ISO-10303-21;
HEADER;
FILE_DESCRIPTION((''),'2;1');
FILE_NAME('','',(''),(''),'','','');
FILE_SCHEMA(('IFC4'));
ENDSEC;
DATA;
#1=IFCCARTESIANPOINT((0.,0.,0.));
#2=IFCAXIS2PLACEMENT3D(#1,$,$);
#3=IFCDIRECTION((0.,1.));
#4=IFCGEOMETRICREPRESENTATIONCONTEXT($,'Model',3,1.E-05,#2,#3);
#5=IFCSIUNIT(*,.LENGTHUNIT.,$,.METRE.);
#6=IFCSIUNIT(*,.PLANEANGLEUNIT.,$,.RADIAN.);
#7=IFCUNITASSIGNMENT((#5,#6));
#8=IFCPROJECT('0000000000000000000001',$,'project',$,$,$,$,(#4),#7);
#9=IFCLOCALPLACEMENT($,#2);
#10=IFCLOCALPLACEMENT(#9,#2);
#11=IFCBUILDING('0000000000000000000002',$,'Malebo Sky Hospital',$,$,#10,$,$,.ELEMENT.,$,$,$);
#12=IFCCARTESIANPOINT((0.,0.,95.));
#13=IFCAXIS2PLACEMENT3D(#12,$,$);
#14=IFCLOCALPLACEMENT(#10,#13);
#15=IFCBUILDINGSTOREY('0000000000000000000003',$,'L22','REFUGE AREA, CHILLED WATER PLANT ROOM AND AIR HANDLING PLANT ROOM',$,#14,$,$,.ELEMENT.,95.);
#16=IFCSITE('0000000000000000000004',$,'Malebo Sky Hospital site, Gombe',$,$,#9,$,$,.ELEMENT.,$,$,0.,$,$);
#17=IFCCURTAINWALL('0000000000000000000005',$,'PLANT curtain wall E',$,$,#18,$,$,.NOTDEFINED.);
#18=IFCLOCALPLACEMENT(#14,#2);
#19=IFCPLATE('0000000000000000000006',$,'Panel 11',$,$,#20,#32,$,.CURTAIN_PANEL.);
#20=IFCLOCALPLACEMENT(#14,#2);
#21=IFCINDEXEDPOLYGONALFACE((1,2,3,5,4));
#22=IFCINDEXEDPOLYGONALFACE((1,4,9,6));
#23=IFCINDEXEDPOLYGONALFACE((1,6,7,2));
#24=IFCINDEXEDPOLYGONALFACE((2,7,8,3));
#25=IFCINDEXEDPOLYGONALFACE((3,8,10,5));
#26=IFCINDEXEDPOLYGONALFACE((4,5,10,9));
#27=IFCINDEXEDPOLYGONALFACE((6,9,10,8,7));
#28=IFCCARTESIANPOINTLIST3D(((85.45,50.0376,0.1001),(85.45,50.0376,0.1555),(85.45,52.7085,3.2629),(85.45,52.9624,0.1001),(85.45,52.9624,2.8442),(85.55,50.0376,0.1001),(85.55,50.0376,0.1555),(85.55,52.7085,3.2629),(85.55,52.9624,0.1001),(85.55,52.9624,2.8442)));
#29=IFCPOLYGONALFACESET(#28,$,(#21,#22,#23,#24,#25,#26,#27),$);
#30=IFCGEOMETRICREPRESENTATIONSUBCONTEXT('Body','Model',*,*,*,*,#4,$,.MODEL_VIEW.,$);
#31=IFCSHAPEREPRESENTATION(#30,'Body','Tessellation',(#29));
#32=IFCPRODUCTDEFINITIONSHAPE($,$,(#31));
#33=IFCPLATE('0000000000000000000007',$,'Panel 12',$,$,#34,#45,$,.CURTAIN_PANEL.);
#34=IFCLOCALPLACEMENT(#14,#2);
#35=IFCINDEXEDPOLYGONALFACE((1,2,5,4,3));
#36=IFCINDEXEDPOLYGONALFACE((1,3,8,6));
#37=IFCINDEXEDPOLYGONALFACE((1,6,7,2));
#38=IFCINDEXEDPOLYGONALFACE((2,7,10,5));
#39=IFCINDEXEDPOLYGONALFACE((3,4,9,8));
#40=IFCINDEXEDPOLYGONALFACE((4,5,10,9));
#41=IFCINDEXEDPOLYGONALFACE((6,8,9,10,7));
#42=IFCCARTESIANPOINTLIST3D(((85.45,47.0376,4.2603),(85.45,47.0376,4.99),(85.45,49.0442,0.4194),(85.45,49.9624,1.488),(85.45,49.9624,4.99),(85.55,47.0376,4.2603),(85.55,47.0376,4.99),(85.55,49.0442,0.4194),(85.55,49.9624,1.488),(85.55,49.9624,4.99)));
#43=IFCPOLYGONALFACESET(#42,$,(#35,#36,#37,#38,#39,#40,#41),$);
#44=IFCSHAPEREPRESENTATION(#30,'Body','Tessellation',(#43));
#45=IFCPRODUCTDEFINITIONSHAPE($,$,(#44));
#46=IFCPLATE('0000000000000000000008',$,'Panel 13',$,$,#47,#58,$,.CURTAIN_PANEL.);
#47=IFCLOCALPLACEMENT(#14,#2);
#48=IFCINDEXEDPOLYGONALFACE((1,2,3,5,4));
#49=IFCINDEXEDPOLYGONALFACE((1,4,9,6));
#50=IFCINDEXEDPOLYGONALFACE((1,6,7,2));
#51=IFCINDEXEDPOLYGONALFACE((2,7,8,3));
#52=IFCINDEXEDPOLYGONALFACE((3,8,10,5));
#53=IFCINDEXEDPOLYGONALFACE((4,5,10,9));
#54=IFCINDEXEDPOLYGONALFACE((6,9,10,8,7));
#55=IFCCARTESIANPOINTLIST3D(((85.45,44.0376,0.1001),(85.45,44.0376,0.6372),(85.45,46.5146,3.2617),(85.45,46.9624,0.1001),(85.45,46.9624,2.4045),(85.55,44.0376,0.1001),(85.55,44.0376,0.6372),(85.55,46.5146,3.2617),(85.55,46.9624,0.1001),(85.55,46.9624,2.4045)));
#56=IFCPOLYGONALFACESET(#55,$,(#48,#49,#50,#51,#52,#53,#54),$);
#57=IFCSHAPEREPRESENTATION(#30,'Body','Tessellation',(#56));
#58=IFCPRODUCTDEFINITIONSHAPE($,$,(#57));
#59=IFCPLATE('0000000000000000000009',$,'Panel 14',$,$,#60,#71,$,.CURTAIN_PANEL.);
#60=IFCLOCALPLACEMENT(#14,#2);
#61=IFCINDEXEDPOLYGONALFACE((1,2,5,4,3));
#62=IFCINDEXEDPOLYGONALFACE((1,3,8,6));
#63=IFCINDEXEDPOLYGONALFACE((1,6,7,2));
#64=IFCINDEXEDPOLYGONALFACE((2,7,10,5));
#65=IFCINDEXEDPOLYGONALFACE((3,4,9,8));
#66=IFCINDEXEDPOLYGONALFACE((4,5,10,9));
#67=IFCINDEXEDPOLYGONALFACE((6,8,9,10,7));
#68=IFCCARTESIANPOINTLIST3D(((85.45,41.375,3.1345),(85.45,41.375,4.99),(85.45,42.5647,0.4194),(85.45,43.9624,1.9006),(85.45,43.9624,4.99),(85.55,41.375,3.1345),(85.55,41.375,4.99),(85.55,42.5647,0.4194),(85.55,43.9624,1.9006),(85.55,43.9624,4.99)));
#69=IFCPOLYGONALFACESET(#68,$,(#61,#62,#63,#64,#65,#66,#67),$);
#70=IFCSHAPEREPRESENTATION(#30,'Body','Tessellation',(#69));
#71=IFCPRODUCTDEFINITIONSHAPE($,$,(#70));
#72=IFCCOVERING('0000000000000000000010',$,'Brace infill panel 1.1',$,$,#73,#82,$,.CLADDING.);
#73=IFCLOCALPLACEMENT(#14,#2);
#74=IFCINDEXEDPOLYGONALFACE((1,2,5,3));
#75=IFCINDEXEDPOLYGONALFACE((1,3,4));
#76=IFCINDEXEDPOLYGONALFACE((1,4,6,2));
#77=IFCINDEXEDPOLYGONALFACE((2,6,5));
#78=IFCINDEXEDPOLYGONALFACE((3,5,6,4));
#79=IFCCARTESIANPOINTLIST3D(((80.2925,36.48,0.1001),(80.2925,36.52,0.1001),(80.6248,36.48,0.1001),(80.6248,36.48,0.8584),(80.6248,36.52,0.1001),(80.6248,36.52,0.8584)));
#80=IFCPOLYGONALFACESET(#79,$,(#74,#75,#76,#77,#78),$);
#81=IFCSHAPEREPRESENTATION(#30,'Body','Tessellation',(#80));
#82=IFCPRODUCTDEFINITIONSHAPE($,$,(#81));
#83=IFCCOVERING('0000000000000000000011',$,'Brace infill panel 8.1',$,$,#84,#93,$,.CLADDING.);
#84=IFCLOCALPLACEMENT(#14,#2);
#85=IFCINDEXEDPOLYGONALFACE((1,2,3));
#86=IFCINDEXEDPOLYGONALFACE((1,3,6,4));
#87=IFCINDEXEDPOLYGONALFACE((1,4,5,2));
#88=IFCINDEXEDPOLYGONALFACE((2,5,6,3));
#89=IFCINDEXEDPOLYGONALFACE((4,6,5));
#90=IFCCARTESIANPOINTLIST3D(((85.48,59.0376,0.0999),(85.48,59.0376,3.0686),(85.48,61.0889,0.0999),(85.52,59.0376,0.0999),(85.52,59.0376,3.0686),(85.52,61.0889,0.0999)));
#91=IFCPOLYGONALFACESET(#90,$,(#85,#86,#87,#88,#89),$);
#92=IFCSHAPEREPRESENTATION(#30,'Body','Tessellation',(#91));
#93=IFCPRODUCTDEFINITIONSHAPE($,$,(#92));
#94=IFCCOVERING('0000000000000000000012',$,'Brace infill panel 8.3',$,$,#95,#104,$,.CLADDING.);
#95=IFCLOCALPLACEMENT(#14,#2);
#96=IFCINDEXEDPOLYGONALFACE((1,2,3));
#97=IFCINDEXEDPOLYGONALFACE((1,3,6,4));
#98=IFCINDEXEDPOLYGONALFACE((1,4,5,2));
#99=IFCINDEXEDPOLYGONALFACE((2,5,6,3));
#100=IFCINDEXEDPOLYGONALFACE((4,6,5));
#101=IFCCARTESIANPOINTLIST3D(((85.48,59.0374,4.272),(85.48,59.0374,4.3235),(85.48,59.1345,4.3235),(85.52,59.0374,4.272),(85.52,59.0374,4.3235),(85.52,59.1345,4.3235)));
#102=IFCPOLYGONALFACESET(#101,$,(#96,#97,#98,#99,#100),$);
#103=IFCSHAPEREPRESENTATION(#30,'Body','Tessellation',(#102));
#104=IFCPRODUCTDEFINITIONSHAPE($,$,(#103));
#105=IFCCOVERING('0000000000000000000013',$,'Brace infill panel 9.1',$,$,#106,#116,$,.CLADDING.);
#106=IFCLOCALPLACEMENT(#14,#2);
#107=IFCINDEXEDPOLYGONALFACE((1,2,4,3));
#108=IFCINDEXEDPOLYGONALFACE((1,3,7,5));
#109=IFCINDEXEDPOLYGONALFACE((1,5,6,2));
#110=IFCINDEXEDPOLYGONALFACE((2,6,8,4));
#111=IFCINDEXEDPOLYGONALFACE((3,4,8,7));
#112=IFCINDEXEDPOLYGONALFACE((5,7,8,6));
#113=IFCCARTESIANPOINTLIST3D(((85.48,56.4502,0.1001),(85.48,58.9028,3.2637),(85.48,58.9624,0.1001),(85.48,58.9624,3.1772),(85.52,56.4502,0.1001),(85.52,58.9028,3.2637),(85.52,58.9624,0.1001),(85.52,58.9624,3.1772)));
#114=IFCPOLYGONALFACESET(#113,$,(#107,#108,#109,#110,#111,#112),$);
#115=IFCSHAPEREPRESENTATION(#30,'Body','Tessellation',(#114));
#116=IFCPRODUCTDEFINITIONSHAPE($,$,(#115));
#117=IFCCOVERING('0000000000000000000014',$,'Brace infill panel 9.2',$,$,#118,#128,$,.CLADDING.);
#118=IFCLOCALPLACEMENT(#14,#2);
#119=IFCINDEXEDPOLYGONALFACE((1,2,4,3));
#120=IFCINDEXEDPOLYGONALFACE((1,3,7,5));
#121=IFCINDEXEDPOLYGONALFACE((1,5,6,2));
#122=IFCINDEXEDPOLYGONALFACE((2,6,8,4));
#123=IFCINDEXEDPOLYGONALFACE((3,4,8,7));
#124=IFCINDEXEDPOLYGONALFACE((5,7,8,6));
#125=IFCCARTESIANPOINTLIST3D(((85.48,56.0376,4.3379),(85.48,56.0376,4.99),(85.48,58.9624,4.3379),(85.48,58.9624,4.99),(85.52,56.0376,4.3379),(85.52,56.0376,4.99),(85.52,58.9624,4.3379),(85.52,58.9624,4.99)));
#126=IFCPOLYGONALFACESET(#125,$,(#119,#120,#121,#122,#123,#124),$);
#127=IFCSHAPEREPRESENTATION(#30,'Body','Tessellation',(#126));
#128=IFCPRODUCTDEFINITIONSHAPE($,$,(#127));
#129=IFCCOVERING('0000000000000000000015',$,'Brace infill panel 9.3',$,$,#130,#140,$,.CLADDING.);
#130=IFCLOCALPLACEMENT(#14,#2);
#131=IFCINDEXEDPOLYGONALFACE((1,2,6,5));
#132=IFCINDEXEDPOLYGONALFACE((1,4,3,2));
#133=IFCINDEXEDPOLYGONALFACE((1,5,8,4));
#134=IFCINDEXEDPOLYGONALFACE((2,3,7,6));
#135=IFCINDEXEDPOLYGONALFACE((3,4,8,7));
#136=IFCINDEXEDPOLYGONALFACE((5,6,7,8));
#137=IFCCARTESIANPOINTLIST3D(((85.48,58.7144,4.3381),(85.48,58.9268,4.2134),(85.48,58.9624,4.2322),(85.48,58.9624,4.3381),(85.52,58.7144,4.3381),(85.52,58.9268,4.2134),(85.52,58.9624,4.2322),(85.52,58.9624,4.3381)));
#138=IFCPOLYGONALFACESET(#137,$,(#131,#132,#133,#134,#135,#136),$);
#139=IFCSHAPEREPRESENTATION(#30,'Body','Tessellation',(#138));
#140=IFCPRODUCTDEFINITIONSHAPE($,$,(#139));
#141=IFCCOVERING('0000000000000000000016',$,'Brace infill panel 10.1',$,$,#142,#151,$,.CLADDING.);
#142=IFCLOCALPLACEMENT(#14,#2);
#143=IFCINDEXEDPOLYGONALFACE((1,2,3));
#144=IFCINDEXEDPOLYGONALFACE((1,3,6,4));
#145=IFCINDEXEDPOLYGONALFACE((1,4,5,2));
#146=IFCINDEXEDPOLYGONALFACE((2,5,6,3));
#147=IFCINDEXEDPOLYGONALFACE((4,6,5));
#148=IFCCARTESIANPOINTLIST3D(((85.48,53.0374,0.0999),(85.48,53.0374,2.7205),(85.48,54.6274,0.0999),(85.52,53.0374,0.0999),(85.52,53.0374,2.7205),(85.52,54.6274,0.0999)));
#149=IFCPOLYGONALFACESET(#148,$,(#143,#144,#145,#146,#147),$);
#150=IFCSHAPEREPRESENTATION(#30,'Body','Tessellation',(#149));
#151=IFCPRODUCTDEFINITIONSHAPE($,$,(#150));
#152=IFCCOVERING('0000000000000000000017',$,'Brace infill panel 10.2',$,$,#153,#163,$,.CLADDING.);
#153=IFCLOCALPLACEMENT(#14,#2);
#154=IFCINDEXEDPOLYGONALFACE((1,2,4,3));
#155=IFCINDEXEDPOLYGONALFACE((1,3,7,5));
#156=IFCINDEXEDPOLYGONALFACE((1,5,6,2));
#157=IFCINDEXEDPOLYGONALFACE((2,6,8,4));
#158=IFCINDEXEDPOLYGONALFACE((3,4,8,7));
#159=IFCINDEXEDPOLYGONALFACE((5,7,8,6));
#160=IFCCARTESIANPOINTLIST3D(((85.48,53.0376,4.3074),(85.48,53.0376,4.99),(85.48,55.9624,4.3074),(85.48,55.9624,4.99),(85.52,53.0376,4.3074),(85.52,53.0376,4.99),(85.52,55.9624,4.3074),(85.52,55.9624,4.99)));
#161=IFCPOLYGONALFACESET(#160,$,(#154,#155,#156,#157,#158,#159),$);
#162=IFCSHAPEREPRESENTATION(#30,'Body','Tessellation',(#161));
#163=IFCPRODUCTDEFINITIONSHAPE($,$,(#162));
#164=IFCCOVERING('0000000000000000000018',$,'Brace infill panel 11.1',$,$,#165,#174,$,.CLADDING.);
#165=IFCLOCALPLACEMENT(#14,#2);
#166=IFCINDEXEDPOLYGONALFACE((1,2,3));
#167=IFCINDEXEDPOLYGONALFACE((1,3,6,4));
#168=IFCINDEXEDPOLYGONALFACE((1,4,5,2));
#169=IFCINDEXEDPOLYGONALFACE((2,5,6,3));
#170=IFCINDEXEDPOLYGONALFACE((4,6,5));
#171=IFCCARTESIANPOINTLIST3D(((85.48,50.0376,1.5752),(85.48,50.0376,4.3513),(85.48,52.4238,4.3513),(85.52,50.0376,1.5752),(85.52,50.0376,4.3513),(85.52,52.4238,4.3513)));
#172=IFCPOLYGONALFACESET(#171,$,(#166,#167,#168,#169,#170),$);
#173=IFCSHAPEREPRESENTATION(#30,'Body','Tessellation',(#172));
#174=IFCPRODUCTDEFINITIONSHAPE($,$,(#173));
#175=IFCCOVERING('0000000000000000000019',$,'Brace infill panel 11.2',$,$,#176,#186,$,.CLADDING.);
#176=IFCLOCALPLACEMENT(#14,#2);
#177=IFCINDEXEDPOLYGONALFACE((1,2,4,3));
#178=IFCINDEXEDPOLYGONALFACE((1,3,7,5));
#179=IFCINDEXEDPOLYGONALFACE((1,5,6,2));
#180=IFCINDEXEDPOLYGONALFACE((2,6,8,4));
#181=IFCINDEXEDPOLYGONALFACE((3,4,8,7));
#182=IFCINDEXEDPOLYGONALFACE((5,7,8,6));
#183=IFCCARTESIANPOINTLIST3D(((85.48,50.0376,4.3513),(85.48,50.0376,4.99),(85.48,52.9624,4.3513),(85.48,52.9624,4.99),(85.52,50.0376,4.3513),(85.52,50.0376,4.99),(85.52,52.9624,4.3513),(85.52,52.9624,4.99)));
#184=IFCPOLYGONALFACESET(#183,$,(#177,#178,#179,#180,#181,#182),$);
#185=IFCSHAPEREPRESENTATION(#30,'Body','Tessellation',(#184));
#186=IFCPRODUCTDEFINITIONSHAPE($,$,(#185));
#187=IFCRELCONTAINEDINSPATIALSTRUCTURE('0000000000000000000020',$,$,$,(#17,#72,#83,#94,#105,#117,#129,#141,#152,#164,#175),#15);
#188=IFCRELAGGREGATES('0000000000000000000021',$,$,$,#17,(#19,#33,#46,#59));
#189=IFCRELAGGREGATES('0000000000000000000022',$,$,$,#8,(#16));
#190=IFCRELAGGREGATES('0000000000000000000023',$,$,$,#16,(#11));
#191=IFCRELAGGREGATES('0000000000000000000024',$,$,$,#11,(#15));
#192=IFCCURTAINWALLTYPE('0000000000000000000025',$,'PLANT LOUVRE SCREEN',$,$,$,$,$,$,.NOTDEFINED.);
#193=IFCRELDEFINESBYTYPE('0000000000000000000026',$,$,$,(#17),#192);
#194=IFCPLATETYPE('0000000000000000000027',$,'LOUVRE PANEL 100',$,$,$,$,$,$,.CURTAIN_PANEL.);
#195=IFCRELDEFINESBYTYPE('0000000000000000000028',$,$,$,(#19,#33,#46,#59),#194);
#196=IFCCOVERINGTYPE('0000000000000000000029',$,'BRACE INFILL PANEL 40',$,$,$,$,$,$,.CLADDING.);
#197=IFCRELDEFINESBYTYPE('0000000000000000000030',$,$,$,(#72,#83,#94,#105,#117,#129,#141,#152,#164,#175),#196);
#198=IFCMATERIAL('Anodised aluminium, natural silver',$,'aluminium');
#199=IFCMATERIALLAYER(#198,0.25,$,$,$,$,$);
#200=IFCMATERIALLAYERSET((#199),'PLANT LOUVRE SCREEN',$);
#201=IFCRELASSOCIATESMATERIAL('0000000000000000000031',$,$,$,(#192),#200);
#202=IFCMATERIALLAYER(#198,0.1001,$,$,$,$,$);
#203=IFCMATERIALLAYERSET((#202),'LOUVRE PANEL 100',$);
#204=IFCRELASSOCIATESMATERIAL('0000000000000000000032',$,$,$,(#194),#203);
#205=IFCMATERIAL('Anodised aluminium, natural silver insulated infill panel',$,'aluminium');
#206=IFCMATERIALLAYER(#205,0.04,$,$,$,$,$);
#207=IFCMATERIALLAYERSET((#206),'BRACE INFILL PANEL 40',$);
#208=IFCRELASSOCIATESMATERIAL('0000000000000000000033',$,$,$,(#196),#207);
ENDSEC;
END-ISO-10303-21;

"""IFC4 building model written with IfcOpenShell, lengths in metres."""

from ifc_helpers import new_model, si_unit, direction, frame, origin, place, context, subcontext, project, spatial, polyline, outline, extrude, material, layer, layer_set, type_object, element, aggregate, save


model = new_model("IFC4")

# Units and contexts
model_context = context("Model", 3, precision=1e-05, world=origin(), true_north=direction((0.0, 1.0)))
body_context = subcontext(model_context, "Body", "Model", "MODEL_VIEW")
ifc_project = project(units=[si_unit("LENGTHUNIT", "METRE"), si_unit("PLANEANGLEUNIT", "RADIAN")], contexts=[model_context])

# Site, building, storey
site_placement = place(None, origin())
site = spatial("IfcSite", under=ifc_project, at=site_placement, Name="Malebo Sky Hospital site, Gombe", CompositionType="ELEMENT", RefElevation=0.0)
building_placement = place(site_placement, origin())
building = spatial("IfcBuilding", under=site, at=building_placement, Name="Malebo Sky Hospital", CompositionType="ELEMENT")
storey_placement = place(building_placement, frame((0.0, 0.0, 95.0)))
storey = spatial("IfcBuildingStorey", under=building, at=storey_placement, Name="L22", Description="REFUGE AREA, CHILLED WATER PLANT ROOM AND AIR HANDLING PLANT ROOM", CompositionType="ELEMENT", Elevation=95.0)

# Shared definitions
ifc_material_1 = material(Name="Anodised aluminium, natural silver", Category="aluminium")
ifc_layer_1 = layer(ifc_material_1, 0.25)
ifc_layer_set_1 = layer_set([ifc_layer_1], Name="PLANT LOUVRE SCREEN")
curtain_wall_type = type_object("IfcCurtainWallType", Name="PLANT LOUVRE SCREEN", PredefinedType="NOTDEFINED", material=ifc_layer_set_1)

# Curtain wall
curtain_wall_1_placement = place(storey_placement, origin())
curtain_wall_1 = element("IfcCurtainWall", 1, at=curtain_wall_1_placement, inside=storey, type_object=curtain_wall_type, Name="PLANT curtain wall E", PredefinedType="NOTDEFINED")

# Plates
ifc_layer_2 = layer(ifc_material_1, 0.1001)
ifc_layer_set_2 = layer_set([ifc_layer_2], Name="LOUVRE PANEL 100")
plate_type = type_object("IfcPlateType", Name="LOUVRE PANEL 100", PredefinedType="CURTAIN_PANEL", material=ifc_layer_set_2)
plate_1_placement = place(storey_placement, frame((85.5, 51.5, 0.1001), z_axis=(0.0, 0.0, 1.0), x_axis=(0.0, -1.0, 0.0)))
plate_1 = element("IfcPlate", 2, at=plate_1_placement, type_object=plate_type, Name="Panel 11", PredefinedType="CURTAIN_PANEL", context=body_context, shape_type="SweptSolid", body=[
    extrude(outline(polyline([(-1.4624, 0.0), (1.4624, 0.0), (1.4624, 0.0554), (-1.2085, 3.1628), (-1.4624, 2.7441), (-1.4624, 0.0)])), frame((0.0, 0.05, 0.0), z_axis=(0.0, -1.0, 0.0), x_axis=(1.0, 0.0, 0.0)), (0.0, 0.0, 1.0), 0.1001),
])
plate_2_placement = place(storey_placement, frame((85.5, 48.5, 0.4194), z_axis=(0.0, 0.0, 1.0), x_axis=(0.0, -1.0, 0.0)))
plate_2 = element("IfcPlate", 3, at=plate_2_placement, type_object=plate_type, Name="Panel 12", PredefinedType="CURTAIN_PANEL", context=body_context, shape_type="SweptSolid", body=[
    extrude(outline(polyline([(-0.5442, 0.0), (1.4624, 3.8408), (1.4624, 4.5706), (-1.4624, 4.5706), (-1.4624, 1.0686), (-0.5442, 0.0)])), frame((0.0, 0.05, 0.0), z_axis=(0.0, -1.0, 0.0), x_axis=(1.0, 0.0, 0.0)), (0.0, 0.0, 1.0), 0.1001),
])
plate_3_placement = place(storey_placement, frame((85.5, 45.5, 0.1001), z_axis=(0.0, 0.0, 1.0), x_axis=(0.0, -1.0, 0.0)))
plate_3 = element("IfcPlate", 4, at=plate_3_placement, type_object=plate_type, Name="Panel 13", PredefinedType="CURTAIN_PANEL", context=body_context, shape_type="SweptSolid", body=[
    extrude(outline(polyline([(-1.4624, 0.0), (1.4624, 0.0), (1.4624, 0.5371), (-1.0146, 3.1616), (-1.4624, 2.3044), (-1.4624, 0.0)])), frame((0.0, 0.05, 0.0), z_axis=(0.0, -1.0, 0.0), x_axis=(1.0, 0.0, 0.0)), (0.0, 0.0, 1.0), 0.1001),
])
plate_4_placement = place(storey_placement, frame((85.5, 42.6687, 0.4194), z_axis=(0.0, 0.0, 1.0), x_axis=(0.0, -1.0, 0.0)))
plate_4 = element("IfcPlate", 5, at=plate_4_placement, type_object=plate_type, Name="Panel 14", PredefinedType="CURTAIN_PANEL", context=body_context, shape_type="SweptSolid", body=[
    extrude(outline(polyline([(0.104, 0.0), (1.2937, 2.7151), (1.2937, 4.5706), (-1.2937, 4.5706), (-1.2937, 1.4812), (0.104, 0.0)])), frame((0.0, 0.05, 0.0), z_axis=(0.0, -1.0, 0.0), x_axis=(1.0, 0.0, 0.0)), (0.0, 0.0, 1.0), 0.1001),
])
aggregate(curtain_wall_1, [plate_1, plate_2, plate_3, plate_4])

# Coverings
ifc_material_2 = material(Name="Anodised aluminium, natural silver insulated infill panel", Category="aluminium")
ifc_layer_3 = layer(ifc_material_2, 0.04)
ifc_layer_set_3 = layer_set([ifc_layer_3], Name="BRACE INFILL PANEL 40")
covering_type = type_object("IfcCoveringType", Name="BRACE INFILL PANEL 40", PredefinedType="CLADDING", material=ifc_layer_set_3)
covering_1_placement = place(storey_placement, frame((80.4587, 36.5, 0.1001), z_axis=(0.0, 0.0, 1.0), x_axis=(-1.0, 0.0, 0.0)))
element("IfcCovering", 6, at=covering_1_placement, inside=storey, type_object=covering_type, Name="Brace infill panel 1.1", PredefinedType="CLADDING", context=body_context, shape_type="SweptSolid", body=[
    extrude(outline(polyline([(-0.166, 0.0), (0.1663, 0.0), (-0.166, 0.7583), (-0.166, 0.0)])), frame((0.0, 0.02, 0.0), z_axis=(0.0, -1.0, 0.0), x_axis=(1.0, 0.0, 0.0)), (0.0, 0.0, 1.0), 0.04),
])
covering_2_placement = place(storey_placement, frame((85.5, 60.0632, 0.0999), z_axis=(0.0, 0.0, 1.0), x_axis=(0.0, -1.0, 0.0)))
element("IfcCovering", 7, at=covering_2_placement, inside=storey, type_object=covering_type, Name="Brace infill panel 8.1", PredefinedType="CLADDING", context=body_context, shape_type="SweptSolid", body=[
    extrude(outline(polyline([(-1.0256, 0.0), (1.0256, 0.0), (1.0256, 2.9688), (-1.0256, 0.0)])), frame((0.0, 0.02, 0.0), z_axis=(0.0, -1.0, 0.0), x_axis=(1.0, 0.0, 0.0)), (0.0, 0.0, 1.0), 0.04),
])
covering_3_placement = place(storey_placement, frame((85.5, 59.0859, 4.272), z_axis=(0.0, 0.0, 1.0), x_axis=(0.0, -1.0, 0.0)))
element("IfcCovering", 8, at=covering_3_placement, inside=storey, type_object=covering_type, Name="Brace infill panel 8.3", PredefinedType="CLADDING", context=body_context, shape_type="SweptSolid", body=[
    extrude(outline(polyline([(0.0486, 0.0), (0.0486, 0.0515), (-0.0486, 0.0515), (0.0486, 0.0)])), frame((0.0, 0.02, 0.0), z_axis=(0.0, -1.0, 0.0), x_axis=(1.0, 0.0, 0.0)), (0.0, 0.0, 1.0), 0.04),
])
covering_4_placement = place(storey_placement, frame((85.5, 57.7063, 0.1001), z_axis=(0.0, 0.0, 1.0), x_axis=(0.0, -1.0, 0.0)))
element("IfcCovering", 9, at=covering_4_placement, inside=storey, type_object=covering_type, Name="Brace infill panel 9.1", PredefinedType="CLADDING", context=body_context, shape_type="SweptSolid", body=[
    extrude(outline(polyline([(-1.2561, 0.0), (1.2561, 0.0), (-1.1965, 3.1636), (-1.2561, 3.0771), (-1.2561, 0.0)])), frame((0.0, 0.02, 0.0), z_axis=(0.0, -1.0, 0.0), x_axis=(1.0, 0.0, 0.0)), (0.0, 0.0, 1.0), 0.04),
])
covering_5_placement = place(storey_placement, frame((85.5, 57.5, 4.3379), z_axis=(0.0, 0.0, 1.0), x_axis=(0.0, -1.0, 0.0)))
element("IfcCovering", 10, at=covering_5_placement, inside=storey, type_object=covering_type, Name="Brace infill panel 9.2", PredefinedType="CLADDING", context=body_context, shape_type="SweptSolid", body=[
    extrude(outline(polyline([(-1.4624, 0.0), (1.4624, 0.0), (1.4624, 0.6521), (-1.4624, 0.6521), (-1.4624, 0.0)])), frame((0.0, 0.02, 0.0), z_axis=(0.0, -1.0, 0.0), x_axis=(1.0, 0.0, 0.0)), (0.0, 0.0, 1.0), 0.04),
])
covering_6_placement = place(storey_placement, frame((85.5, 58.8384, 4.2134), z_axis=(0.0, 0.0, 1.0), x_axis=(0.0, -1.0, 0.0)))
element("IfcCovering", 11, at=covering_6_placement, inside=storey, type_object=covering_type, Name="Brace infill panel 9.3", PredefinedType="CLADDING", context=body_context, shape_type="SweptSolid", body=[
    extrude(outline(polyline([(-0.0884, 0.0), (0.124, 0.1248), (-0.124, 0.1248), (-0.124, 0.0188), (-0.0884, 0.0)])), frame((0.0, 0.02, 0.0), z_axis=(0.0, -1.0, 0.0), x_axis=(1.0, 0.0, 0.0)), (0.0, 0.0, 1.0), 0.04),
])
covering_7_placement = place(storey_placement, frame((85.5, 53.8325, 0.0999), z_axis=(0.0, 0.0, 1.0), x_axis=(0.0, -1.0, 0.0)))
element("IfcCovering", 12, at=covering_7_placement, inside=storey, type_object=covering_type, Name="Brace infill panel 10.1", PredefinedType="CLADDING", context=body_context, shape_type="SweptSolid", body=[
    extrude(outline(polyline([(-0.7949, 0.0), (0.7952, 0.0), (0.7952, 2.6206), (-0.7949, 0.0)])), frame((0.0, 0.02, 0.0), z_axis=(0.0, -1.0, 0.0), x_axis=(1.0, 0.0, 0.0)), (0.0, 0.0, 1.0), 0.04),
])
covering_8_placement = place(storey_placement, frame((85.5, 54.5, 4.3074), z_axis=(0.0, 0.0, 1.0), x_axis=(0.0, -1.0, 0.0)))
element("IfcCovering", 13, at=covering_8_placement, inside=storey, type_object=covering_type, Name="Brace infill panel 10.2", PredefinedType="CLADDING", context=body_context, shape_type="SweptSolid", body=[
    extrude(outline(polyline([(-1.4624, 0.0), (1.4624, 0.0), (1.4624, 0.6826), (-1.4624, 0.6826), (-1.4624, 0.0)])), frame((0.0, 0.02, 0.0), z_axis=(0.0, -1.0, 0.0), x_axis=(1.0, 0.0, 0.0)), (0.0, 0.0, 1.0), 0.04),
])
covering_9_placement = place(storey_placement, frame((85.5, 51.2307, 1.5752), z_axis=(0.0, 0.0, 1.0), x_axis=(0.0, -1.0, 0.0)))
element("IfcCovering", 14, at=covering_9_placement, inside=storey, type_object=covering_type, Name="Brace infill panel 11.1", PredefinedType="CLADDING", context=body_context, shape_type="SweptSolid", body=[
    extrude(outline(polyline([(1.1931, 0.0), (1.1931, 2.7761), (-1.1931, 2.7761), (1.1931, 0.0)])), frame((0.0, 0.02, 0.0), z_axis=(0.0, -1.0, 0.0), x_axis=(1.0, 0.0, 0.0)), (0.0, 0.0, 1.0), 0.04),
])
covering_10_placement = place(storey_placement, frame((85.5, 51.5, 4.3513), z_axis=(0.0, 0.0, 1.0), x_axis=(0.0, -1.0, 0.0)))
element("IfcCovering", 15, at=covering_10_placement, inside=storey, type_object=covering_type, Name="Brace infill panel 11.2", PredefinedType="CLADDING", context=body_context, shape_type="SweptSolid", body=[
    extrude(outline(polyline([(-1.4624, 0.0), (1.4624, 0.0), (1.4624, 0.6387), (-1.4624, 0.6387), (-1.4624, 0.0)])), frame((0.0, 0.02, 0.0), z_axis=(0.0, -1.0, 0.0), x_axis=(1.0, 0.0, 0.0)), (0.0, 0.0, 1.0), 0.04),
])

save(model, "model.ifc")
